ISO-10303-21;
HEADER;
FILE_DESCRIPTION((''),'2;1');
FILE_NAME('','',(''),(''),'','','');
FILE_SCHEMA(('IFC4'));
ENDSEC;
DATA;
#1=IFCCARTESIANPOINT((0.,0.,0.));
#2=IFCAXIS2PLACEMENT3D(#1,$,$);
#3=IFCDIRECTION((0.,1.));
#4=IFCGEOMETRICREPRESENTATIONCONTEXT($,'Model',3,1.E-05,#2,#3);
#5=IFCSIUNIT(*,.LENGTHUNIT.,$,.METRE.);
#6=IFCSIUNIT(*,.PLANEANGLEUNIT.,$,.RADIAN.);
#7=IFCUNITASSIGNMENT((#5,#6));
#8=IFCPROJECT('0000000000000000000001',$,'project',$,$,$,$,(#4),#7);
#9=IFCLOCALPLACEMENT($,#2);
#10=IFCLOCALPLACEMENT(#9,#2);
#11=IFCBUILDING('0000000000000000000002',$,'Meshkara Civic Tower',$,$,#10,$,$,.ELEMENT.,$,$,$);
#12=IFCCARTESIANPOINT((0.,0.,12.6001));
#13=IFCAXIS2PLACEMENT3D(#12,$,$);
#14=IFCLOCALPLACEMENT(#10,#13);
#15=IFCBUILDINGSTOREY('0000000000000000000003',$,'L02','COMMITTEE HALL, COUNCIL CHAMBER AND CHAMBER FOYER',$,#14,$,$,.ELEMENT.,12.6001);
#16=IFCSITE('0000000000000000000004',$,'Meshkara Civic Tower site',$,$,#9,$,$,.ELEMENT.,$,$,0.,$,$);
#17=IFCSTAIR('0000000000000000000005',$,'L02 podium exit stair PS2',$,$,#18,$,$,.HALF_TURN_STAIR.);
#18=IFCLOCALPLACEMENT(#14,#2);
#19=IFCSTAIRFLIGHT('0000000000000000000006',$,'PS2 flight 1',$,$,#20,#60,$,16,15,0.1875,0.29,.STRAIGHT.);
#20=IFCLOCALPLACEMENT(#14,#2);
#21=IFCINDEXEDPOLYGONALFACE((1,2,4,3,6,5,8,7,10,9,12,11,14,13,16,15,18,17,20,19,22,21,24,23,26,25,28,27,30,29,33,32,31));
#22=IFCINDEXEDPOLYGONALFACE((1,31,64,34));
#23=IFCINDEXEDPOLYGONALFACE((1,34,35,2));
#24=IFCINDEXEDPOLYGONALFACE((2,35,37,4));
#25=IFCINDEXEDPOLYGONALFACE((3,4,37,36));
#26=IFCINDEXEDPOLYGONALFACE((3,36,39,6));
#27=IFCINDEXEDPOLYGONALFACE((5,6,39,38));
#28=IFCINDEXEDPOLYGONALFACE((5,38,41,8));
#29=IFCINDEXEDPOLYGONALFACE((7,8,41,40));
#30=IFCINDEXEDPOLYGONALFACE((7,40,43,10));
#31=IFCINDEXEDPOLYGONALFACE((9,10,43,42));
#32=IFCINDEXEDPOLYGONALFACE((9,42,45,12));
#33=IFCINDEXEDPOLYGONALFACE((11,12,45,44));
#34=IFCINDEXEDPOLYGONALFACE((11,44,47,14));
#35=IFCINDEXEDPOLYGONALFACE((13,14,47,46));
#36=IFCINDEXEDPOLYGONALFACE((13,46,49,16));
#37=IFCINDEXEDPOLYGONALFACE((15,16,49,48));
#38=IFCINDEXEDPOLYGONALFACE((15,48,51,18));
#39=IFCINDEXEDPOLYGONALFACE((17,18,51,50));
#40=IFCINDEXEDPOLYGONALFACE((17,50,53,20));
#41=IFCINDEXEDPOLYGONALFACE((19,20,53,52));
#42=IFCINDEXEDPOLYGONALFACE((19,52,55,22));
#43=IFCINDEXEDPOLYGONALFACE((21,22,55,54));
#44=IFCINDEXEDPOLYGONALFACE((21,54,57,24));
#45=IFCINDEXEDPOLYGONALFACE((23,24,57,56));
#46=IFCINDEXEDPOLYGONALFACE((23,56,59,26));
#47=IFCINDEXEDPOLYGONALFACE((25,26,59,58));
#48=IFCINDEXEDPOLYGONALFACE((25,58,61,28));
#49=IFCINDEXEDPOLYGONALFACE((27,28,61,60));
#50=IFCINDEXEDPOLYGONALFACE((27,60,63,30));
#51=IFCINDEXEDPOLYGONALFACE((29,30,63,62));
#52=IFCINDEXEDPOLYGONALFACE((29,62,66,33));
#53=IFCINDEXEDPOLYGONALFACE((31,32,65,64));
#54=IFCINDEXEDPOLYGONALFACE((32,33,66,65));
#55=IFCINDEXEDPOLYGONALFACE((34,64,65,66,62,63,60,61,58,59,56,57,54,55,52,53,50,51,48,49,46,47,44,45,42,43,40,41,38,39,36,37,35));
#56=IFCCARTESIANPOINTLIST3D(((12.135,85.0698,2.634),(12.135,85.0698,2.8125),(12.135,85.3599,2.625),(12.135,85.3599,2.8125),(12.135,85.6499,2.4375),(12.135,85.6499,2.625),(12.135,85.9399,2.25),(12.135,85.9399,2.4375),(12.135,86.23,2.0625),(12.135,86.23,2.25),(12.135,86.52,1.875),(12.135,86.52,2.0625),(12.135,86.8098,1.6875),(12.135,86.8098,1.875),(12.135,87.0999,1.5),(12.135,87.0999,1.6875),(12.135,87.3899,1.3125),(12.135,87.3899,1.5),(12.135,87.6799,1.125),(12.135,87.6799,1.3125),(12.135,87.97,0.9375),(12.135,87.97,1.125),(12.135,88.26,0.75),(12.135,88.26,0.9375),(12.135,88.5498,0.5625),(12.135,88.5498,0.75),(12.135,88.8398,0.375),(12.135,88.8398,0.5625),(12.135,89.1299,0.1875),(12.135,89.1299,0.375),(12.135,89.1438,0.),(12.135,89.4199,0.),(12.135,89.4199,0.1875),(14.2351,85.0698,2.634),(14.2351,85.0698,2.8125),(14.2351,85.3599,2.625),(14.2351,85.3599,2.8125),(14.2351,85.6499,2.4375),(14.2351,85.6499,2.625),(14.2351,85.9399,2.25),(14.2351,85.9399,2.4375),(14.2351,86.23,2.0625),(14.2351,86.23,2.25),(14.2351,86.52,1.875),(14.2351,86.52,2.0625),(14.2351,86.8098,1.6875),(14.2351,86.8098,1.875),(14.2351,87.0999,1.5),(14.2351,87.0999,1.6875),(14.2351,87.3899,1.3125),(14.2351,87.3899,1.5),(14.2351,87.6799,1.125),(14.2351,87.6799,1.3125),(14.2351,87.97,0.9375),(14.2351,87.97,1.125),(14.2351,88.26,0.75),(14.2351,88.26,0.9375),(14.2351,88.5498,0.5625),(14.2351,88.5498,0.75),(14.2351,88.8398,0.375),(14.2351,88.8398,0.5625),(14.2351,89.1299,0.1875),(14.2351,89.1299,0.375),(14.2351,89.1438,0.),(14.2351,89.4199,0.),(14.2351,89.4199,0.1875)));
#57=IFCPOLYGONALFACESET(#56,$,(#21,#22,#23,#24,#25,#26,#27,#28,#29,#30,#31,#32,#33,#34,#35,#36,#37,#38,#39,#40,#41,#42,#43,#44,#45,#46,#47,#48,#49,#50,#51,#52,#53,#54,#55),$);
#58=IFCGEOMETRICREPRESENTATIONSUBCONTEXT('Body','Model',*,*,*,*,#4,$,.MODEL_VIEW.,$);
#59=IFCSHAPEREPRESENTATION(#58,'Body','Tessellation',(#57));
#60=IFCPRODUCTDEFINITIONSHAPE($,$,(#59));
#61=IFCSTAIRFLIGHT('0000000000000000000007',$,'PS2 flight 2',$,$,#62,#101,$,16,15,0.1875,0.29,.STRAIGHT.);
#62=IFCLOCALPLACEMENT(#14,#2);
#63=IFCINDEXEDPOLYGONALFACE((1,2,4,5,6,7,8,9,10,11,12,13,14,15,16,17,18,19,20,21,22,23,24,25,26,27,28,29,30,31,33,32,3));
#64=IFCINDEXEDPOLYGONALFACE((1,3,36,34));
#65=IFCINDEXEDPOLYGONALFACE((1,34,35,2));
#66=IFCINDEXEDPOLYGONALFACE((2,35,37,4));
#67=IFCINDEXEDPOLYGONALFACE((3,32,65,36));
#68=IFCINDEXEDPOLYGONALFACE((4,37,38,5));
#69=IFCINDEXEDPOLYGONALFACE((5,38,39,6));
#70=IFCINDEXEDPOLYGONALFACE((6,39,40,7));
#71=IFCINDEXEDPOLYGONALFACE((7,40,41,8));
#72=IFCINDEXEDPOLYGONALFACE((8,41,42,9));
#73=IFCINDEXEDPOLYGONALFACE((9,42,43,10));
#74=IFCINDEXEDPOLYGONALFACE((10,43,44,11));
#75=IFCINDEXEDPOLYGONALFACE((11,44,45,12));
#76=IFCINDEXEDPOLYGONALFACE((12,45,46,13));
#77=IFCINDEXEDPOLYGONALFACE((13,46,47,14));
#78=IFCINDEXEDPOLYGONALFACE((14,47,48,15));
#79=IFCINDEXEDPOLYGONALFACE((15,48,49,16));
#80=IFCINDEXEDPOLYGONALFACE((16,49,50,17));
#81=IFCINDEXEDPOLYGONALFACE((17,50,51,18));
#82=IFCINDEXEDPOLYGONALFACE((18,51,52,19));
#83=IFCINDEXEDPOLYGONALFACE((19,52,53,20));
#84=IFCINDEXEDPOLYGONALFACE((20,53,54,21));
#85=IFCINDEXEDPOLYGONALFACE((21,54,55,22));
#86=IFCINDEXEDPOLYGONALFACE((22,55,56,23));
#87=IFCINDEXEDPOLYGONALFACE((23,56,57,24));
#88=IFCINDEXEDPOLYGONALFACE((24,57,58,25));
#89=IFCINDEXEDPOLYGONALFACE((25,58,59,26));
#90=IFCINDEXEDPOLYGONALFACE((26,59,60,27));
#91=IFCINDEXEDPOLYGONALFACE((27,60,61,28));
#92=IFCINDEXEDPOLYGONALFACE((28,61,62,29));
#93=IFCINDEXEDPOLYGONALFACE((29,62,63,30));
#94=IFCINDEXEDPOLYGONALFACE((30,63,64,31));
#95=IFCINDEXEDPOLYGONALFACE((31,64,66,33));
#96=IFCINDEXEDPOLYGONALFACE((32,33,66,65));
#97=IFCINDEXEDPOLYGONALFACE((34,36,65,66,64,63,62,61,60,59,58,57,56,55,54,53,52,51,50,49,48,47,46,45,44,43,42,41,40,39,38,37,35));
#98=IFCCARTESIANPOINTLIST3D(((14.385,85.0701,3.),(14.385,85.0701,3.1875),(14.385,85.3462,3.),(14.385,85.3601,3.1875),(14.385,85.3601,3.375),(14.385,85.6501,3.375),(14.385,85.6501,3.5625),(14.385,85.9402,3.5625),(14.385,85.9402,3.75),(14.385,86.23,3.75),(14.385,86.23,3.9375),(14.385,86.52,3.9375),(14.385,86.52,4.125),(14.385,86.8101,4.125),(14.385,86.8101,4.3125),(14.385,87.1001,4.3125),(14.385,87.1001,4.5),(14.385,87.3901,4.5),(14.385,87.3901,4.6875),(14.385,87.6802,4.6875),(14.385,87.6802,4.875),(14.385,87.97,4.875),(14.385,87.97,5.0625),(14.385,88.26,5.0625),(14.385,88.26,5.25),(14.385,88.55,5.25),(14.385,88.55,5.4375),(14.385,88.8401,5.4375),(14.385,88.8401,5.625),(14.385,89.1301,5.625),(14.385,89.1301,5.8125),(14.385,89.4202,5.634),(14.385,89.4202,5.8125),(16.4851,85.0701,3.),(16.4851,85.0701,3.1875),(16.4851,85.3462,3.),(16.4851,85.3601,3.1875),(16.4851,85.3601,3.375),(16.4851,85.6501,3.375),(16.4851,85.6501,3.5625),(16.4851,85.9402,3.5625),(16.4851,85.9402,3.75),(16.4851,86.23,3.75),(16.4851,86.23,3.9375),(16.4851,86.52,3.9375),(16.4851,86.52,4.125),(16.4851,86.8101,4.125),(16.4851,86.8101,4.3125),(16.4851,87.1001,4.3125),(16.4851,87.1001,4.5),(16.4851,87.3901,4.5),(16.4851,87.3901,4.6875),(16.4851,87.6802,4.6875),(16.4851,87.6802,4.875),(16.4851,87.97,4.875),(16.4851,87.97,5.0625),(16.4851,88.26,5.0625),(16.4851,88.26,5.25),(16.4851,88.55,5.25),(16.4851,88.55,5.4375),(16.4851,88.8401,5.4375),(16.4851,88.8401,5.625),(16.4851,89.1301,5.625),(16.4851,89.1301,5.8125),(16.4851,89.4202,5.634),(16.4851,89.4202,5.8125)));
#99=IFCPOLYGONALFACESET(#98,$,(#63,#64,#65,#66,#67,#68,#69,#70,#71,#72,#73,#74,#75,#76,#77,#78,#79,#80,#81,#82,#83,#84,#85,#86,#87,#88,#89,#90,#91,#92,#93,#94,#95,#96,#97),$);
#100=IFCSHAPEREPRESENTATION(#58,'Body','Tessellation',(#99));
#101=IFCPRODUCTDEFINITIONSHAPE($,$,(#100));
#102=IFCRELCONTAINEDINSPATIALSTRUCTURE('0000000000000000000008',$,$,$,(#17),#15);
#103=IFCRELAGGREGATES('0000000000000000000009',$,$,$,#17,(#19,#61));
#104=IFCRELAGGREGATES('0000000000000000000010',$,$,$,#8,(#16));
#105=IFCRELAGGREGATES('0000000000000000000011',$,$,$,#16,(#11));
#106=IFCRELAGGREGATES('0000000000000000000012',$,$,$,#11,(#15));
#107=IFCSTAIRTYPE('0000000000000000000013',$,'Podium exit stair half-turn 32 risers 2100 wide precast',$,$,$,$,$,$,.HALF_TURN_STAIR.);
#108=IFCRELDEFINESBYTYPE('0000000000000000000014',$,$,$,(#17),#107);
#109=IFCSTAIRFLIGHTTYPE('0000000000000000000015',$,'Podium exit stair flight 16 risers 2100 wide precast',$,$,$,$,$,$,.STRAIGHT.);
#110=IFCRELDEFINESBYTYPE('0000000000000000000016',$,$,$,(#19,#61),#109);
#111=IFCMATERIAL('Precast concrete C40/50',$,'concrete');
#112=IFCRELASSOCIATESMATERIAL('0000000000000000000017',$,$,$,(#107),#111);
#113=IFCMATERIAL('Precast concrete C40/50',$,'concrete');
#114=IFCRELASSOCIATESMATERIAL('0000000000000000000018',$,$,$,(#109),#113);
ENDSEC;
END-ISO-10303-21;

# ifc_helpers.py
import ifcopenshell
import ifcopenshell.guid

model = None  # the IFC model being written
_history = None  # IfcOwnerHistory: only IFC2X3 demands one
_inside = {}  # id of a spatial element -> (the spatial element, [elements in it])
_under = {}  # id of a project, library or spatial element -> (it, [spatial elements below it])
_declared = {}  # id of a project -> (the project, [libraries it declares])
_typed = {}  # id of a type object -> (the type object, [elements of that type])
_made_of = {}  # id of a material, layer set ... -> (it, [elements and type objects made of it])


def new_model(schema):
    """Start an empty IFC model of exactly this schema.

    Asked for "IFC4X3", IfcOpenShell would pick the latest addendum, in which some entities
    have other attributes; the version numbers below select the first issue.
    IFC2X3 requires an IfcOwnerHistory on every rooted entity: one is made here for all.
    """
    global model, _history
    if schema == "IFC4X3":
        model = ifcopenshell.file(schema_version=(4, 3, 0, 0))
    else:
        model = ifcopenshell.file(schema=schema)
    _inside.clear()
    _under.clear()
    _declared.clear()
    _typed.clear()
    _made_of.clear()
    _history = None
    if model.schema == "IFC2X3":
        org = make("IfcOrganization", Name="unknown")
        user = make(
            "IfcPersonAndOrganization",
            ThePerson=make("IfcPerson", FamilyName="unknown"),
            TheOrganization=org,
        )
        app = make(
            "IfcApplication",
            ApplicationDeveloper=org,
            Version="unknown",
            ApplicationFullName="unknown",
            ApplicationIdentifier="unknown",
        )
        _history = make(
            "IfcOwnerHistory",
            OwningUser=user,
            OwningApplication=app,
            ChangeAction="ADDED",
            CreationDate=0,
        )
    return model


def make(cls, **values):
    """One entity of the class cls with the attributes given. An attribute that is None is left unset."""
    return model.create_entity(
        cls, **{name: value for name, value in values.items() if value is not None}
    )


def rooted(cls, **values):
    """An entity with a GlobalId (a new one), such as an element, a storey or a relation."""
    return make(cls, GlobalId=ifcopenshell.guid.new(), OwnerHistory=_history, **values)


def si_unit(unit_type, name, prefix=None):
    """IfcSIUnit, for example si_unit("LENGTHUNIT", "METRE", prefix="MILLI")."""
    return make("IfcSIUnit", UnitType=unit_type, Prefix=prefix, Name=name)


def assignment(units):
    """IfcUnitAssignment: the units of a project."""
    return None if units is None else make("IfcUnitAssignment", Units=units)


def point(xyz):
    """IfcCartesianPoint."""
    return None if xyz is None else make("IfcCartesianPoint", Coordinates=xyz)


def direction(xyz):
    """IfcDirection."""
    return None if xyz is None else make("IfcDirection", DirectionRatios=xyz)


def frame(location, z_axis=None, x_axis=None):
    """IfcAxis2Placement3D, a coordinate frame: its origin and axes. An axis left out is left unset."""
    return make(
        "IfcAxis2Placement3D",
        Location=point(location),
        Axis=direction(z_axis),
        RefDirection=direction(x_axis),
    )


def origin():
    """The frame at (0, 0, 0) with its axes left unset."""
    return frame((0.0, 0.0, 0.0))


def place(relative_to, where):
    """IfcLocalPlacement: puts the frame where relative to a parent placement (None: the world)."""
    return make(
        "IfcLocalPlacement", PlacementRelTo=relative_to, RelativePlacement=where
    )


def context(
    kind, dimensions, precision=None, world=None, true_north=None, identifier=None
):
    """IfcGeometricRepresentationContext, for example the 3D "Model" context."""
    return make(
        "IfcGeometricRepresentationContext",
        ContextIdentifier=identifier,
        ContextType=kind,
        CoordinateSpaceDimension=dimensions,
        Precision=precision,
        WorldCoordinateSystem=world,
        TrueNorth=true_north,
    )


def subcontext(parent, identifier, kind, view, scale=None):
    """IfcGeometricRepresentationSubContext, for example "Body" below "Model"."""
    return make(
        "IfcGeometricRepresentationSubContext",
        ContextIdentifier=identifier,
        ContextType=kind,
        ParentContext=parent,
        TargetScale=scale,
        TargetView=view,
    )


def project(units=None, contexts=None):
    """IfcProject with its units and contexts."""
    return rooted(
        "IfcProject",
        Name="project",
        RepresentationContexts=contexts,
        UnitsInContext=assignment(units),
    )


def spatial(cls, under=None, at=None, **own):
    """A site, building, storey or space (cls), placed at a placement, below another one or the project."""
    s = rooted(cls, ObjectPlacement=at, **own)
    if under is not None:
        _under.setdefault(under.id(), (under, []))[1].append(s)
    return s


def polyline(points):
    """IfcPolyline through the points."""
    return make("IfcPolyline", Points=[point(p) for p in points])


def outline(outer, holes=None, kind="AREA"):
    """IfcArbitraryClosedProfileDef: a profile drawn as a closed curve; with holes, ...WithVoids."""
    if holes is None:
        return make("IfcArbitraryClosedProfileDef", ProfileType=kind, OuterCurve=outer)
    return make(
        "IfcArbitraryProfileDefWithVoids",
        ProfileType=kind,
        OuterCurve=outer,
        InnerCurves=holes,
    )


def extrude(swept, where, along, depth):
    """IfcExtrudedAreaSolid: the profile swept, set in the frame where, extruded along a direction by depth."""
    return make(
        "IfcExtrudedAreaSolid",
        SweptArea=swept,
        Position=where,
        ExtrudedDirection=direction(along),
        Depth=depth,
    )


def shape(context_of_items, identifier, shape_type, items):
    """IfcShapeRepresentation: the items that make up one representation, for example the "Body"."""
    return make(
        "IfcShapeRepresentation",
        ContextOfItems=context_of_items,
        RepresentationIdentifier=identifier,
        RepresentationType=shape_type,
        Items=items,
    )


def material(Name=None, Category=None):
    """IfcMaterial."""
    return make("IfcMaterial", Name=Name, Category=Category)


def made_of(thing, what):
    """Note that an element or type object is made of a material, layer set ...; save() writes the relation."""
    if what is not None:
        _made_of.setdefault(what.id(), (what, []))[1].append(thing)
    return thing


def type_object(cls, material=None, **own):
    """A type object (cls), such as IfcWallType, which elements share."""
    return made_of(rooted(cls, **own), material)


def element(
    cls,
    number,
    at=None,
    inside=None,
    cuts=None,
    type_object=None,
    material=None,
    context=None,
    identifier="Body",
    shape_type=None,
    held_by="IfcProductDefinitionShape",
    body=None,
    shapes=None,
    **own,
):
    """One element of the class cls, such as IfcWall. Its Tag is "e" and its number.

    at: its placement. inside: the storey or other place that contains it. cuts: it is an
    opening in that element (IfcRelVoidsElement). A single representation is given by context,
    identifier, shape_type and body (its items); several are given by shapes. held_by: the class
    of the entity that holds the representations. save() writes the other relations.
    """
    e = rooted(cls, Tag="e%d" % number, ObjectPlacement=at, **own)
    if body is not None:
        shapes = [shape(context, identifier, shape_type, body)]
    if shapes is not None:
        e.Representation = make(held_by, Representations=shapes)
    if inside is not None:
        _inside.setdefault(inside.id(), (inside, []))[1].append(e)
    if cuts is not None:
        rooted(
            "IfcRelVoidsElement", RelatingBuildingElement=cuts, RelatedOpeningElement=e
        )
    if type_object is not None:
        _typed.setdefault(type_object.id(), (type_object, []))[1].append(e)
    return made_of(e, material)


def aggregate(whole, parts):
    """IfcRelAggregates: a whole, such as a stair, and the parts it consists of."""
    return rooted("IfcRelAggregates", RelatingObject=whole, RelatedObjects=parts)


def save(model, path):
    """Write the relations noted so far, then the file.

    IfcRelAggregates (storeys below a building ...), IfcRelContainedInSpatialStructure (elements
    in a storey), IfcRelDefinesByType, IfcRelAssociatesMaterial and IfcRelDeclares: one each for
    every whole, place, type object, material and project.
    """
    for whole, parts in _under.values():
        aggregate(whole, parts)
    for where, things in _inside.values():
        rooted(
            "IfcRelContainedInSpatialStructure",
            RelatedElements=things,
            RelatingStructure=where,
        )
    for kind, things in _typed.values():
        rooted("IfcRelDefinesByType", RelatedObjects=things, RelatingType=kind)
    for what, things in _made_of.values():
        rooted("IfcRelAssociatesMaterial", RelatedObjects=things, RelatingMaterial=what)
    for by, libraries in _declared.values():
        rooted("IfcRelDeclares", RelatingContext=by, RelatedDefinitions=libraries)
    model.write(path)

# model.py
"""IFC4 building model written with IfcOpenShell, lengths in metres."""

from ifc_helpers import new_model, si_unit, direction, frame, origin, place, context, subcontext, project, spatial, polyline, outline, extrude, material, type_object, element, aggregate, save


model = new_model("IFC4")

# Units and contexts
model_context = context("Model", 3, precision=1e-05, world=origin(), true_north=direction((0.0, 1.0)))
body_context = subcontext(model_context, "Body", "Model", "MODEL_VIEW")
ifc_project = project(units=[si_unit("LENGTHUNIT", "METRE"), si_unit("PLANEANGLEUNIT", "RADIAN")], contexts=[model_context])

# Site, building, storey
site_placement = place(None, origin())
site = spatial("IfcSite", under=ifc_project, at=site_placement, Name="Meshkara Civic Tower site", CompositionType="ELEMENT", RefElevation=0.0)
building_placement = place(site_placement, origin())
building = spatial("IfcBuilding", under=site, at=building_placement, Name="Meshkara Civic Tower", CompositionType="ELEMENT")
storey_placement = place(building_placement, frame((0.0, 0.0, 12.6001)))
storey = spatial("IfcBuildingStorey", under=building, at=storey_placement, Name="L02", Description="COMMITTEE HALL, COUNCIL CHAMBER AND CHAMBER FOYER", CompositionType="ELEMENT", Elevation=12.6001)

# Stair, stair flights
ifc_material_1 = material(Name="Precast concrete C40/50", Category="concrete")
stair_type = type_object("IfcStairType", Name="Podium exit stair half-turn 32 risers 2100 wide precast", PredefinedType="HALF_TURN_STAIR", material=ifc_material_1)
stair_placement = place(storey_placement, origin())
stair = element("IfcStair", 1, at=stair_placement, inside=storey, type_object=stair_type, Name="L02 podium exit stair PS2", PredefinedType="HALF_TURN_STAIR")
ifc_material_2 = material(Name="Precast concrete C40/50", Category="concrete")
stair_flight_type = type_object("IfcStairFlightType", Name="Podium exit stair flight 16 risers 2100 wide precast", PredefinedType="STRAIGHT", material=ifc_material_2)
stair_flight_1_placement = place(storey_placement, frame((13.1851, 89.4199, 0.0), z_axis=(0.0, 0.0, 1.0), x_axis=(0.0, -1.0, 0.0)))
stair_flight_1 = element("IfcStairFlight", 2, at=stair_flight_1_placement, type_object=stair_flight_type, Name="PS2 flight 1", NumberOfRisers=16, NumberOfTreads=15, PredefinedType="STRAIGHT", RiserHeight=0.1875, TreadLength=0.29, context=body_context, shape_type="SweptSolid", body=[
    extrude(outline(polyline([(0.0, 0.0), (0.0, 0.1875), (0.29, 0.1875), (0.29, 0.375), (0.5801, 0.375), (0.5801, 0.5625), (0.8701, 0.5625), (0.8701, 0.75), (1.1599, 0.75), (1.1599, 0.9375), (1.45, 0.9375), (1.45, 1.125), (1.74, 1.125), (1.74, 1.3125), (2.03, 1.3125), (2.03, 1.5), (2.3201, 1.5), (2.3201, 1.6875), (2.6101, 1.6875), (2.6101, 1.875), (2.8999, 1.875), (2.8999, 2.0625), (3.1899, 2.0625), (3.1899, 2.25), (3.48, 2.25), (3.48, 2.4375), (3.77, 2.4375), (3.77, 2.625), (4.0601, 2.625), (4.0601, 2.8125), (4.3501, 2.8125), (4.3501, 3.0), (4.3501, 2.634), (0.2761, 0.0), (0.0, 0.0)])), frame((0.0, 1.05, 0.0), z_axis=(0.0, -1.0, 0.0), x_axis=(1.0, 0.0, 0.0)), (0.0, 0.0, 1.0), 2.1001),
])
stair_flight_2_placement = place(storey_placement, frame((15.4351, 85.0701, 3.0), z_axis=(0.0, 0.0, 1.0), x_axis=(0.0, 1.0, 0.0)))
stair_flight_2 = element("IfcStairFlight", 3, at=stair_flight_2_placement, type_object=stair_flight_type, Name="PS2 flight 2", NumberOfRisers=16, NumberOfTreads=15, PredefinedType="STRAIGHT", RiserHeight=0.1875, TreadLength=0.29, context=body_context, shape_type="SweptSolid", body=[
    extrude(outline(polyline([(0.0, 0.0), (0.0, 0.1875), (0.29, 0.1875), (0.29, 0.375), (0.5801, 0.375), (0.5801, 0.5625), (0.8701, 0.5625), (0.8701, 0.75), (1.1599, 0.75), (1.1599, 0.9375), (1.45, 0.9375), (1.45, 1.125), (1.74, 1.125), (1.74, 1.3125), (2.03, 1.3125), (2.03, 1.5), (2.3201, 1.5), (2.3201, 1.6875), (2.6101, 1.6875), (2.6101, 1.875), (2.8999, 1.875), (2.8999, 2.0625), (3.1899, 2.0625), (3.1899, 2.25), (3.48, 2.25), (3.48, 2.4375), (3.77, 2.4375), (3.77, 2.625), (4.0601, 2.625), (4.0601, 2.8125), (4.3501, 2.8125), (4.3501, 3.0), (4.3501, 2.634), (0.2761, 0.0), (0.0, 0.0)])), frame((0.0, 1.05, 0.0), z_axis=(0.0, -1.0, 0.0), x_axis=(1.0, 0.0, 0.0)), (0.0, 0.0, 1.0), 2.1001),
])
aggregate(stair, [stair_flight_1, stair_flight_2])

save(model, "model.ifc")
